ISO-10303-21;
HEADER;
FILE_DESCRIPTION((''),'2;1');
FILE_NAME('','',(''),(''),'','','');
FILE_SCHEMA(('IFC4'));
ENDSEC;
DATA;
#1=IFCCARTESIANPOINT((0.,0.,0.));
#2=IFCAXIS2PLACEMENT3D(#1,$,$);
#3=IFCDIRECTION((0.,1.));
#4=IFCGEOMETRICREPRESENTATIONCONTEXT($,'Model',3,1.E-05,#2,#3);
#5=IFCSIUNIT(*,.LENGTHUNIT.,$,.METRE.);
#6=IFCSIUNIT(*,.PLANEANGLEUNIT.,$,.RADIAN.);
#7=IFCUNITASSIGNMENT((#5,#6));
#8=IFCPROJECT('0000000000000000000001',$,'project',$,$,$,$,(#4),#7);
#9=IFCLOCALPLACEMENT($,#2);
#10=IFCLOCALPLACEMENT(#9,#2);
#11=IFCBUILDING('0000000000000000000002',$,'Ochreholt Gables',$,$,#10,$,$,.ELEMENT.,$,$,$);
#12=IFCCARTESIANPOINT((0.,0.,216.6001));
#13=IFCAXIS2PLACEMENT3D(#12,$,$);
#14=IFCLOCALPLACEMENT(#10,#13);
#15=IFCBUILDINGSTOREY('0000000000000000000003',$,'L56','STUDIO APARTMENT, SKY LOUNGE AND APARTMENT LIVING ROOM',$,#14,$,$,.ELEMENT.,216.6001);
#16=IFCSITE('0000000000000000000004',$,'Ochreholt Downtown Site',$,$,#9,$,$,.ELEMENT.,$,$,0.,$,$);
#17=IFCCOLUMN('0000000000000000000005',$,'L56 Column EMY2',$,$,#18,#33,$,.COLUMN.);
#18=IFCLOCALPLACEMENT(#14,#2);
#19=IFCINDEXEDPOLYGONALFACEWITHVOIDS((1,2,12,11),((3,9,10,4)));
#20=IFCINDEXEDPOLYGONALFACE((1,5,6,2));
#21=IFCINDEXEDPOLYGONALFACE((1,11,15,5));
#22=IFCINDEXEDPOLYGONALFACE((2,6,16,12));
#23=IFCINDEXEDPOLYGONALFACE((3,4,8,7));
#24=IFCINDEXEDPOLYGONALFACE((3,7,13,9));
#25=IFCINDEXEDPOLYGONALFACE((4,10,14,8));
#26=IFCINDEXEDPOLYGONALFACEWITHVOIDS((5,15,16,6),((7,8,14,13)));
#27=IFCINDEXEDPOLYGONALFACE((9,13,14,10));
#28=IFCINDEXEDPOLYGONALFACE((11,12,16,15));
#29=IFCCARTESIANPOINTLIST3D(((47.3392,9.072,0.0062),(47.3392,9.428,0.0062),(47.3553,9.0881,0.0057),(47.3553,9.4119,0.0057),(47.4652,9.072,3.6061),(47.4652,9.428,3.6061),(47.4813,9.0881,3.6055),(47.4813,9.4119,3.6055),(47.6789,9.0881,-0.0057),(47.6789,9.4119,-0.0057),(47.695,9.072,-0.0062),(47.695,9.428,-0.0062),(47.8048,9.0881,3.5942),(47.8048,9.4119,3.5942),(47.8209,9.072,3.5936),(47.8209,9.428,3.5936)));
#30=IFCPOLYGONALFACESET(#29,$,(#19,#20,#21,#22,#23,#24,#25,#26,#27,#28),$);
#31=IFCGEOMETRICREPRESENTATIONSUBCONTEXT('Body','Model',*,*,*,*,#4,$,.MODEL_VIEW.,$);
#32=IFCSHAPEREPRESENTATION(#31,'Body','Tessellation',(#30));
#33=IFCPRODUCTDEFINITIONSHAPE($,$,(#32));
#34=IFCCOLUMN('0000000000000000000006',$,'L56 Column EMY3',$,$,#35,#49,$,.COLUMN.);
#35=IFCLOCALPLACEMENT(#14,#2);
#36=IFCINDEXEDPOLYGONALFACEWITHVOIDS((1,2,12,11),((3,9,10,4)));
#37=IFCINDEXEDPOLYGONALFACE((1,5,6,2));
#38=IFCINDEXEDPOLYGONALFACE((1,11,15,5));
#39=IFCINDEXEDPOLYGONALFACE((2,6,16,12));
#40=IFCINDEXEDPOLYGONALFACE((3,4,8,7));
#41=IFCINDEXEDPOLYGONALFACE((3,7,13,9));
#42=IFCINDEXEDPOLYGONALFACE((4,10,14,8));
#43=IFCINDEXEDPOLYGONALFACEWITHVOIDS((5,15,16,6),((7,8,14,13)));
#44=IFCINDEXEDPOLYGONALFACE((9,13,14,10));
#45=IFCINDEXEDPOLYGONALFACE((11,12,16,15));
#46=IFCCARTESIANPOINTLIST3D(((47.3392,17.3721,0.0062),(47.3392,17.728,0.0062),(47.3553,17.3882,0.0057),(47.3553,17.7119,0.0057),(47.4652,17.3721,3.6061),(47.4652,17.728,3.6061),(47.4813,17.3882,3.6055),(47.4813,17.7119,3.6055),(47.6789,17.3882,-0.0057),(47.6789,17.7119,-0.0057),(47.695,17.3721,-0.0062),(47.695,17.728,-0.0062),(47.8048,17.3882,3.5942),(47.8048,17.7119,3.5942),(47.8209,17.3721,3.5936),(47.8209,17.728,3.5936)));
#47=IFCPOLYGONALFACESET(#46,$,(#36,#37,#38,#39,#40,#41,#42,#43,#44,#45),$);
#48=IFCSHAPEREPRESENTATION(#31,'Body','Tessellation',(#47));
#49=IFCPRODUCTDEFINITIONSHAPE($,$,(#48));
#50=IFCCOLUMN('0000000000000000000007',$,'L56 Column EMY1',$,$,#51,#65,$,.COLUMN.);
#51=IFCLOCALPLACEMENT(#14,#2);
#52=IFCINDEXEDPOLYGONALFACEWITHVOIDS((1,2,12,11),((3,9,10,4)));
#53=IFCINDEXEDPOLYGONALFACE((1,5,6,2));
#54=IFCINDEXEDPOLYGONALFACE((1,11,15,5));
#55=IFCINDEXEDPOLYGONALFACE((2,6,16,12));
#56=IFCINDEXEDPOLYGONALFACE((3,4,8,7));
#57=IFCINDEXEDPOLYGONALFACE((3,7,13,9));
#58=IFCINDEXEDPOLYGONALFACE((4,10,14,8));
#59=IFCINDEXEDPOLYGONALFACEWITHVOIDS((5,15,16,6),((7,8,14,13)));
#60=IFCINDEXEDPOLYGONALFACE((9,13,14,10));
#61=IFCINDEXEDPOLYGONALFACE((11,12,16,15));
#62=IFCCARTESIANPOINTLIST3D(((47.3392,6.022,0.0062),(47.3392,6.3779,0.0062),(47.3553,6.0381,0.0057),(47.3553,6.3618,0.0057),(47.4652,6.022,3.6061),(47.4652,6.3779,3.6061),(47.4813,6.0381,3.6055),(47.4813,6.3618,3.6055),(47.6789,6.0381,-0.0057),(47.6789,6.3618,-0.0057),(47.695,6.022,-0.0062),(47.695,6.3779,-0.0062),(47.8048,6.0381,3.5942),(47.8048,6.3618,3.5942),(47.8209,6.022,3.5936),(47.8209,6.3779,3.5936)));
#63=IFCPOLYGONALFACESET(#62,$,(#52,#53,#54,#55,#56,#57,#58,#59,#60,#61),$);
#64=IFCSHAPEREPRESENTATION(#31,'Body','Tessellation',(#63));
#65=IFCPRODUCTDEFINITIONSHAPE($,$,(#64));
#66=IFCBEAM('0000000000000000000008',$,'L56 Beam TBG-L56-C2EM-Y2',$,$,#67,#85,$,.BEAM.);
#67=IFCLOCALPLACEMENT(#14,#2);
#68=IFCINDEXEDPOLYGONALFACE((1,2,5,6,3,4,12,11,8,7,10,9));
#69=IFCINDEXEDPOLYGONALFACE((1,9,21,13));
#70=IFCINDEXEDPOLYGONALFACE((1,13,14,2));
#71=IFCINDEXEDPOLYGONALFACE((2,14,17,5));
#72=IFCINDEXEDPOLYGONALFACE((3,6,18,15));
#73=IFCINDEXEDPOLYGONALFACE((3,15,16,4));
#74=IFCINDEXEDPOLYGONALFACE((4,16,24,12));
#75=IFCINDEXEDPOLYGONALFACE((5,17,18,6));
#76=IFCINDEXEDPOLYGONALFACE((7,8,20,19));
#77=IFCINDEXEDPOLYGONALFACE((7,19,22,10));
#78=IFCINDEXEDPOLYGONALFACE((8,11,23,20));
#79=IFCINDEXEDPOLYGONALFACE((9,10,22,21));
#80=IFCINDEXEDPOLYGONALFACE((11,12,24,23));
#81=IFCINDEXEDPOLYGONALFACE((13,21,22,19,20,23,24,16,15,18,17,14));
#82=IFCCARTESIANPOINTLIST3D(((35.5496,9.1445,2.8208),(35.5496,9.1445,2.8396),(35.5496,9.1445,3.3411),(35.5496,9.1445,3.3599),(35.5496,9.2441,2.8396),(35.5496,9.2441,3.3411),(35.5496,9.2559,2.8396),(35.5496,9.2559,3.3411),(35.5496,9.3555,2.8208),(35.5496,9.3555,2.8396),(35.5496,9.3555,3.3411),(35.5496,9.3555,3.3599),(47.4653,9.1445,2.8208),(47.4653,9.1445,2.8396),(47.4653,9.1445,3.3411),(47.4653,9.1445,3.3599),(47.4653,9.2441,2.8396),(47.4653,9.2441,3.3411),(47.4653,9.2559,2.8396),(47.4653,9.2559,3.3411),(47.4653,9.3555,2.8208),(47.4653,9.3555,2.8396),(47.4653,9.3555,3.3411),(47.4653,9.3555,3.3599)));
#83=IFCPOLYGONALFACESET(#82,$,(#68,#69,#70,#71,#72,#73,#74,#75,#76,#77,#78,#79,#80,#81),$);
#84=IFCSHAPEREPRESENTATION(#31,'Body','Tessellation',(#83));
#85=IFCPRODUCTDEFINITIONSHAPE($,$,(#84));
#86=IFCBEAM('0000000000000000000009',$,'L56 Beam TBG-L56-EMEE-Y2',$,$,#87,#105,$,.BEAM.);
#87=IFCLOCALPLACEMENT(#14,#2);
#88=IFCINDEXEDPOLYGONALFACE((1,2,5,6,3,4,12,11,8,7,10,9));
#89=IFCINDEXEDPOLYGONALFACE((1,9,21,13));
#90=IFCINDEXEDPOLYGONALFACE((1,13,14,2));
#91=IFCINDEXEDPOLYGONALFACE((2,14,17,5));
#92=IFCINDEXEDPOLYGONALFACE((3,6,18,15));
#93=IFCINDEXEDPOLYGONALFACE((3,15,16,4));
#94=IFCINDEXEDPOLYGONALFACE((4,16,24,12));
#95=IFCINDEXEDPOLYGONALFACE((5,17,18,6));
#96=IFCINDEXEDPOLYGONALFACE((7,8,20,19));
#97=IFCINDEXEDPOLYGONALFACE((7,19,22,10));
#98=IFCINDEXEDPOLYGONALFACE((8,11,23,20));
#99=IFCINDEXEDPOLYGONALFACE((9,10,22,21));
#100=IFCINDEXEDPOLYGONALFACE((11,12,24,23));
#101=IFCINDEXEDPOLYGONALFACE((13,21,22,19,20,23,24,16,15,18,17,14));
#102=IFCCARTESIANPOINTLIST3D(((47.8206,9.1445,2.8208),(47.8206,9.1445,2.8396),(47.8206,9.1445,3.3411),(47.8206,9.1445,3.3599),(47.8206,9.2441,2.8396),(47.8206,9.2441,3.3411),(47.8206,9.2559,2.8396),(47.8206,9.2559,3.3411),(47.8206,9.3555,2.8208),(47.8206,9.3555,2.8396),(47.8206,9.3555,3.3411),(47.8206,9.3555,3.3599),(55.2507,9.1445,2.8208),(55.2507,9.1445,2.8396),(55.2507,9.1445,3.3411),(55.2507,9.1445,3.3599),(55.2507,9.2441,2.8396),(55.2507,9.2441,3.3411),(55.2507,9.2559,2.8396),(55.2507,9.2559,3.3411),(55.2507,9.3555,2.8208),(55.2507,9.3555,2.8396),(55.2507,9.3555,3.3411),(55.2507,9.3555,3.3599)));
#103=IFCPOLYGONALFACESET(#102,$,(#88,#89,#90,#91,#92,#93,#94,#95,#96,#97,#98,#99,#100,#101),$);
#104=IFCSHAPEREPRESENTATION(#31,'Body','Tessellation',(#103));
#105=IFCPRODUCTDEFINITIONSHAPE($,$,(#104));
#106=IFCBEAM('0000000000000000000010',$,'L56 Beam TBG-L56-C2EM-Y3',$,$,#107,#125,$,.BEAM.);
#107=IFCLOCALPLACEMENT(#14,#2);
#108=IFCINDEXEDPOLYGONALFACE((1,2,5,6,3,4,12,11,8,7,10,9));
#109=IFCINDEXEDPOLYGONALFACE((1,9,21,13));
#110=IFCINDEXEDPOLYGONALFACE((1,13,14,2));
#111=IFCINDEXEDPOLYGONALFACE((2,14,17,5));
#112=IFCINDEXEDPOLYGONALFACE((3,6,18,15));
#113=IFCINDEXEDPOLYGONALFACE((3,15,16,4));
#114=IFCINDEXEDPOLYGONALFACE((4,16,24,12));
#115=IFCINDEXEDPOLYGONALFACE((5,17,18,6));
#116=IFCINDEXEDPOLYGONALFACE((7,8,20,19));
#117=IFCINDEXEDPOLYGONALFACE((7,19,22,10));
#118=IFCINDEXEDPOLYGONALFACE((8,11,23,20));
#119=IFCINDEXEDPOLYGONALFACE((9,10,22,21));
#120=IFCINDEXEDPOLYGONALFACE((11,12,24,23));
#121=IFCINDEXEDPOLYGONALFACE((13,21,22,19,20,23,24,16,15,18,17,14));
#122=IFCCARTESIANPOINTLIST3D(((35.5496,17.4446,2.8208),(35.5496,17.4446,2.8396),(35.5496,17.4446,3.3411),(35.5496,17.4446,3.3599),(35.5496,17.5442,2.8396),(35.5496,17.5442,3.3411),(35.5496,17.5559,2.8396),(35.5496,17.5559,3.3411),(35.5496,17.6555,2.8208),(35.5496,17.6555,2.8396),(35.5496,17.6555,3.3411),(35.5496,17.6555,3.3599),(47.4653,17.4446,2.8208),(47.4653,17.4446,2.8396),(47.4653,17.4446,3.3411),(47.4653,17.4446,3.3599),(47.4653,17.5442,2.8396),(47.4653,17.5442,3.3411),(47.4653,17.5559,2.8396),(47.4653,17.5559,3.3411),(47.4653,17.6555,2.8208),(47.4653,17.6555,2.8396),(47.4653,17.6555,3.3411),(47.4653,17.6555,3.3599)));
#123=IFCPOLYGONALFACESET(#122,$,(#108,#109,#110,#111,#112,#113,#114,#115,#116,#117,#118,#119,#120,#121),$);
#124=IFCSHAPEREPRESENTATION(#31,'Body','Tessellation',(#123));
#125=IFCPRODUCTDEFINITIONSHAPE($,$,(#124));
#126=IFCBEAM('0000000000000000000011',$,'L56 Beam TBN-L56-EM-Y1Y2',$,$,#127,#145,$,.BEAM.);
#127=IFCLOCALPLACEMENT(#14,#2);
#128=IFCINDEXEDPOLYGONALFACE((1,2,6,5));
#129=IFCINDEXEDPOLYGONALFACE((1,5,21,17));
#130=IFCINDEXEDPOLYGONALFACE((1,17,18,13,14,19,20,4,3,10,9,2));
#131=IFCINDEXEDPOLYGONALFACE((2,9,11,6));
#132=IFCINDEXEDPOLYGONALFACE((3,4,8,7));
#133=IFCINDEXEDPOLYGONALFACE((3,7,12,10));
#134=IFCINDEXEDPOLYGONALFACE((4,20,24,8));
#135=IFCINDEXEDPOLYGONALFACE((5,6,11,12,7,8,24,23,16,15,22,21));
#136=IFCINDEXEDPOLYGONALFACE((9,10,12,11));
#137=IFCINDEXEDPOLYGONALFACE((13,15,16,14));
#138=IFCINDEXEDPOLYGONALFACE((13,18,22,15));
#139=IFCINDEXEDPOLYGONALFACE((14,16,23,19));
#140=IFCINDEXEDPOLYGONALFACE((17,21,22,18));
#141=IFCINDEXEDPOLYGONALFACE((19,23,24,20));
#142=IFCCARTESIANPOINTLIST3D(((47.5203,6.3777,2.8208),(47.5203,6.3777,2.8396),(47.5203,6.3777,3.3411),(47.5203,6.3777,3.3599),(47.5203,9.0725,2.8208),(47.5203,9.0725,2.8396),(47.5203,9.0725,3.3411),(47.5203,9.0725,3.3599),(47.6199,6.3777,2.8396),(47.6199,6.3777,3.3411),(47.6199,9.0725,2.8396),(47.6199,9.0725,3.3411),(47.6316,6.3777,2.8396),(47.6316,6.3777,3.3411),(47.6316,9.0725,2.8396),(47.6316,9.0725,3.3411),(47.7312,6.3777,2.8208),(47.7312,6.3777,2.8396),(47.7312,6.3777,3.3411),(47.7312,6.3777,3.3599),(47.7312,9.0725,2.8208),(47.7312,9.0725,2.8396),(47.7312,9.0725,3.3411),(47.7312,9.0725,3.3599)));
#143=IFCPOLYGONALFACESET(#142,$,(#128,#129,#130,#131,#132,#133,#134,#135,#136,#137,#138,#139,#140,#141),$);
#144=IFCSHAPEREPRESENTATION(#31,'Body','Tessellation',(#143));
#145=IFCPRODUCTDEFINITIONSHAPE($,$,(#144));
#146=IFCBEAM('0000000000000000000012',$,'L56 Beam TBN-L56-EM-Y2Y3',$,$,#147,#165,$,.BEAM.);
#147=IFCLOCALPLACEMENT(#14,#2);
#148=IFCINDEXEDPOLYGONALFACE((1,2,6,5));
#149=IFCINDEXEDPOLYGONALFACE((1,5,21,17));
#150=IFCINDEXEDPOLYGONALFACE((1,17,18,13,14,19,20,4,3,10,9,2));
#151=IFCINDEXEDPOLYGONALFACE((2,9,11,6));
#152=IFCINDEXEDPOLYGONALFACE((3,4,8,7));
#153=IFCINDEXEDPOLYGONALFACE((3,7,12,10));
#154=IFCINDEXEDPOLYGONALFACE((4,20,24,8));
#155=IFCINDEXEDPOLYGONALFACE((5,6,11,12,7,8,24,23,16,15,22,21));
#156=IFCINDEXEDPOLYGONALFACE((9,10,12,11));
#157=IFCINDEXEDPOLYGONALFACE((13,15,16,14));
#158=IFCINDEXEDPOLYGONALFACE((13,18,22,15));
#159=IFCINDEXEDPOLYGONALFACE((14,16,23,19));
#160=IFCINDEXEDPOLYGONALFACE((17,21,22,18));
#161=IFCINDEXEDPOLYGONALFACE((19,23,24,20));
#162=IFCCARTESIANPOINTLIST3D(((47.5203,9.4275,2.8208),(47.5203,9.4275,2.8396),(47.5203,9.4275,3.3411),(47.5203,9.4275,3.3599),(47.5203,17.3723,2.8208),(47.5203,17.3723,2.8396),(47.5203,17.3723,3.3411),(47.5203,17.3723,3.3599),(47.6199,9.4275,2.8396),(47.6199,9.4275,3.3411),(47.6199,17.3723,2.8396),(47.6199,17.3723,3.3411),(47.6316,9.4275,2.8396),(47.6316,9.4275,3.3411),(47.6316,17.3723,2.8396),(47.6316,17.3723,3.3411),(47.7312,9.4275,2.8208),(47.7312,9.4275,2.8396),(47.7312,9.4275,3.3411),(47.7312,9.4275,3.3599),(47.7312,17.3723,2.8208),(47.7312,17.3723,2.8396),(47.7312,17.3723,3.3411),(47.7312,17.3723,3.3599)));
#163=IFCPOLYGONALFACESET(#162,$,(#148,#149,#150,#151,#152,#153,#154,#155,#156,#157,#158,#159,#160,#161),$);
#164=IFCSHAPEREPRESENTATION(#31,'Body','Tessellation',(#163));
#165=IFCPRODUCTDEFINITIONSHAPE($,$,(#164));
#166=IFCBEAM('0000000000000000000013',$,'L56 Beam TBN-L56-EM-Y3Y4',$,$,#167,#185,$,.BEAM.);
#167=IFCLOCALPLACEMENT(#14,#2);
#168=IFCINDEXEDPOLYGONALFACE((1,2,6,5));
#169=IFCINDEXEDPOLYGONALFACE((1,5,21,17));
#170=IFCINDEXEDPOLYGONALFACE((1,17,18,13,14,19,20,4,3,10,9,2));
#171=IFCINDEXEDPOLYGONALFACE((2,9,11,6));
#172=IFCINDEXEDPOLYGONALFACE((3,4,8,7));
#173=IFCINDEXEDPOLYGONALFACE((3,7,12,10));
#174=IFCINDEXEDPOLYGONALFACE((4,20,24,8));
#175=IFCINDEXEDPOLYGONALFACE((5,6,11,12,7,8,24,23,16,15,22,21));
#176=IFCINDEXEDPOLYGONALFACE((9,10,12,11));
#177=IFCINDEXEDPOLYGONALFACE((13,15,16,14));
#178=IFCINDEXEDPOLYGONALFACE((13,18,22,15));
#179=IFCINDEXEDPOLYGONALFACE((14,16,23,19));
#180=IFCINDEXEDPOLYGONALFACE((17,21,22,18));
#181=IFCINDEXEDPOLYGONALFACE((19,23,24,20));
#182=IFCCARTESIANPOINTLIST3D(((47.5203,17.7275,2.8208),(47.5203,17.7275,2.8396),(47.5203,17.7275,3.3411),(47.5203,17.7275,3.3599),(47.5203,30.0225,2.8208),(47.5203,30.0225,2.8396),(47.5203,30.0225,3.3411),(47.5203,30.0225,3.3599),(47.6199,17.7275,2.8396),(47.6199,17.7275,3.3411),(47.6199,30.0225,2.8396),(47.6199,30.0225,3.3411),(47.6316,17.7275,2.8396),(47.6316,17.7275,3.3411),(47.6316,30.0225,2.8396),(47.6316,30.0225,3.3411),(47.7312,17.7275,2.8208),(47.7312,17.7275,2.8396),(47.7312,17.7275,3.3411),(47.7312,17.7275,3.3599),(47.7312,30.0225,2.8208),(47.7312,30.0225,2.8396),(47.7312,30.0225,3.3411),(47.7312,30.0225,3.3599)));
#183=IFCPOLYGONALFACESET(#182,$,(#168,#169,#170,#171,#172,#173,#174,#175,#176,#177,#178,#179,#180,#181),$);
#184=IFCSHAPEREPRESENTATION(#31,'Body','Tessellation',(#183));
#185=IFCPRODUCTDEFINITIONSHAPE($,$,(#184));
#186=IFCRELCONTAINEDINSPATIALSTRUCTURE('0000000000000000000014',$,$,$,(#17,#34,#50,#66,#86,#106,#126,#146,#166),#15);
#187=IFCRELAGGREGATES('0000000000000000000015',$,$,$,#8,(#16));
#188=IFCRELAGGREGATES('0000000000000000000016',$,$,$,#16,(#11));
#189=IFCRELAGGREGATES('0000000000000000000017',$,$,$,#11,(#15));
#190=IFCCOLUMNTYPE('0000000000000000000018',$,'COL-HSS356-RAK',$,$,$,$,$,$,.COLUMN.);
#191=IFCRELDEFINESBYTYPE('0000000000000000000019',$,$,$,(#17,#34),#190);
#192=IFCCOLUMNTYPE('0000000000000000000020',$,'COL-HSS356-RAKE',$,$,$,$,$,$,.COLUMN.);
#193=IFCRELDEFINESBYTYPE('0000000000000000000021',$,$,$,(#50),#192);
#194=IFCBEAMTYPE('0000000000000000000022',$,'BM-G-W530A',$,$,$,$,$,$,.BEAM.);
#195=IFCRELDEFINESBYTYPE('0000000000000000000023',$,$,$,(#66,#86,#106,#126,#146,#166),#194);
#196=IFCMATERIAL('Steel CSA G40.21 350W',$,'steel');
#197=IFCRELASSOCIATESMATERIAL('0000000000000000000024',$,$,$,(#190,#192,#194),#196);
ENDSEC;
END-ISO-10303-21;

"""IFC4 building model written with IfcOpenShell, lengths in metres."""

from ifc_helpers import new_model, si_unit, direction, frame, origin, origin_2d, place, context, subcontext, project, spatial, hollow_rectangle, i_section, extrude, material, material_profile, profile_set, type_object, element, save


model = new_model("IFC4")

# Units and contexts
model_context = context("Model", 3, precision=1e-05, world=origin(), true_north=direction((0.0, 1.0)))
body_context = subcontext(model_context, "Body", "Model", "MODEL_VIEW")
ifc_project = project(units=[si_unit("LENGTHUNIT", "METRE"), si_unit("PLANEANGLEUNIT", "RADIAN")], contexts=[model_context])

# Site, building, storey
site_placement = place(None, origin())
site = spatial("IfcSite", under=ifc_project, at=site_placement, Name="Ochreholt Downtown Site", CompositionType="ELEMENT", RefElevation=0.0)
building_placement = place(site_placement, origin())
building = spatial("IfcBuilding", under=site, at=building_placement, Name="Ochreholt Gables", CompositionType="ELEMENT")
storey_placement = place(building_placement, frame((0.0, 0.0, 216.6001)))
storey = spatial("IfcBuildingStorey", under=building, at=storey_placement, Name="L56", Description="STUDIO APARTMENT, SKY LOUNGE AND APARTMENT LIVING ROOM", CompositionType="ELEMENT", Elevation=216.6001)

# Columns
ifc_material_1 = material(Name="Steel CSA G40.21 350W", Category="steel")
ifc_material_profile_1 = material_profile(ifc_material_1, hollow_rectangle(XDim=0.356, YDim=0.356, WallThickness=0.0161, at=origin_2d()), Name="HSS356X356X16")
ifc_profile_set_1 = profile_set([ifc_material_profile_1], Name="Steel CSA G40.21 350W")
column_type_1 = type_object("IfcColumnType", Name="COL-HSS356-RAK", PredefinedType="COLUMN", material=ifc_profile_set_1)
for number, where, z_axis, x_axis, name in (
    (1, (47.5171, 9.25, 0.0), (0.034974, 0.0, 0.999388), (0.0, 1.0, 0.0), "L56 Column EMY2"),
    (2, (47.5171, 17.55, 0.0), (0.034974, 0.0, 0.999388), (0.0, 1.0, 0.0), "L56 Column EMY3"),
):
    element("IfcColumn", number, at=place(storey_placement, frame(where, z_axis=z_axis, x_axis=x_axis)), inside=storey, type_object=column_type_1, Name=name, PredefinedType="COLUMN", context=body_context, shape_type="SweptSolid", body=[
        extrude(hollow_rectangle(XDim=0.356, YDim=0.356, WallThickness=0.0161, at=origin_2d()), origin(), (0.0, 0.0, 1.0), 3.6021),
    ])
ifc_material_profile_2 = material_profile(ifc_material_1, hollow_rectangle(XDim=0.356, YDim=0.356, WallThickness=0.0161, at=origin_2d()), Name="HSS356X356X16")
ifc_profile_set_2 = profile_set([ifc_material_profile_2], Name="Steel CSA G40.21 350W")
column_type_2 = type_object("IfcColumnType", Name="COL-HSS356-RAKE", PredefinedType="COLUMN", material=ifc_profile_set_2)
column_placement = place(storey_placement, frame((47.5171, 6.2, 0.0), z_axis=(0.034974, 0.0, 0.999388), x_axis=(0.0, 1.0, 0.0)))
element("IfcColumn", 3, at=column_placement, inside=storey, type_object=column_type_2, Name="L56 Column EMY1", PredefinedType="COLUMN", context=body_context, shape_type="SweptSolid", body=[
    extrude(hollow_rectangle(XDim=0.356, YDim=0.356, WallThickness=0.0161, at=origin_2d()), origin(), (0.0, 0.0, 1.0), 3.6021),
])

# Beams
ifc_material_profile_3 = material_profile(ifc_material_1, i_section(OverallWidth=0.2109, OverallDepth=0.5391, WebThickness=0.0117, FlangeThickness=0.0188, at=origin_2d()), Name="W530X109")
ifc_profile_set_3 = profile_set([ifc_material_profile_3], Name="Steel CSA G40.21 350W")
beam_type_1 = type_object("IfcBeamType", Name="BM-G-W530A", PredefinedType="BEAM", material=ifc_profile_set_3)
beam_1_placement = place(storey_placement, frame((35.5496, 9.25, 3.0903), z_axis=(1.0, 0.0, 0.0), x_axis=(0.0, 1.0, 0.0)))
element("IfcBeam", 4, at=beam_1_placement, inside=storey, type_object=beam_type_1, Name="L56 Beam TBG-L56-C2EM-Y2", PredefinedType="BEAM", context=body_context, shape_type="SweptSolid", body=[
    extrude(i_section(OverallWidth=0.2109, OverallDepth=0.5391, WebThickness=0.0117, FlangeThickness=0.0188, at=origin_2d()), origin(), (0.0, 0.0, 1.0), 11.9158),
])
beam_2_placement = place(storey_placement, frame((47.8206, 9.25, 3.0903), z_axis=(1.0, 0.0, 0.0), x_axis=(0.0, 1.0, 0.0)))
element("IfcBeam", 5, at=beam_2_placement, inside=storey, type_object=beam_type_1, Name="L56 Beam TBG-L56-EMEE-Y2", PredefinedType="BEAM", context=body_context, shape_type="SweptSolid", body=[
    extrude(i_section(OverallWidth=0.2109, OverallDepth=0.5391, WebThickness=0.0117, FlangeThickness=0.0188, at=origin_2d()), origin(), (0.0, 0.0, 1.0), 7.4302),
])
beam_3_placement = place(storey_placement, frame((35.5496, 17.55, 3.0903), z_axis=(1.0, 0.0, 0.0), x_axis=(0.0, 1.0, 0.0)))
element("IfcBeam", 6, at=beam_3_placement, inside=storey, type_object=beam_type_1, Name="L56 Beam TBG-L56-C2EM-Y3", PredefinedType="BEAM", context=body_context, shape_type="SweptSolid", body=[
    extrude(i_section(OverallWidth=0.2109, OverallDepth=0.5391, WebThickness=0.0117, FlangeThickness=0.0188, at=origin_2d()), origin(), (0.0, 0.0, 1.0), 11.9158),
])
beam_4_placement = place(storey_placement, frame((47.6257, 6.3777, 3.0903), z_axis=(0.0, 1.0, 0.0), x_axis=(-1.0, 0.0, 0.0)))
element("IfcBeam", 7, at=beam_4_placement, inside=storey, type_object=beam_type_1, Name="L56 Beam TBN-L56-EM-Y1Y2", PredefinedType="BEAM", context=body_context, shape_type="SweptSolid", body=[
    extrude(i_section(OverallWidth=0.2109, OverallDepth=0.5391, WebThickness=0.0117, FlangeThickness=0.0188, at=origin_2d()), origin(), (0.0, 0.0, 1.0), 2.6948),
])
beam_5_placement = place(storey_placement, frame((47.6257, 9.4275, 3.0903), z_axis=(0.0, 1.0, 0.0), x_axis=(-1.0, 0.0, 0.0)))
element("IfcBeam", 8, at=beam_5_placement, inside=storey, type_object=beam_type_1, Name="L56 Beam TBN-L56-EM-Y2Y3", PredefinedType="BEAM", context=body_context, shape_type="SweptSolid", body=[
    extrude(i_section(OverallWidth=0.2109, OverallDepth=0.5391, WebThickness=0.0117, FlangeThickness=0.0188, at=origin_2d()), origin(), (0.0, 0.0, 1.0), 7.9448),
])
beam_6_placement = place(storey_placement, frame((47.6257, 17.7275, 3.0903), z_axis=(0.0, 1.0, 0.0), x_axis=(-1.0, 0.0, 0.0)))
element("IfcBeam", 9, at=beam_6_placement, inside=storey, type_object=beam_type_1, Name="L56 Beam TBN-L56-EM-Y3Y4", PredefinedType="BEAM", context=body_context, shape_type="SweptSolid", body=[
    extrude(i_section(OverallWidth=0.2109, OverallDepth=0.5391, WebThickness=0.0117, FlangeThickness=0.0188, at=origin_2d()), origin(), (0.0, 0.0, 1.0), 12.2949),
])

save(model, "model.ifc")
